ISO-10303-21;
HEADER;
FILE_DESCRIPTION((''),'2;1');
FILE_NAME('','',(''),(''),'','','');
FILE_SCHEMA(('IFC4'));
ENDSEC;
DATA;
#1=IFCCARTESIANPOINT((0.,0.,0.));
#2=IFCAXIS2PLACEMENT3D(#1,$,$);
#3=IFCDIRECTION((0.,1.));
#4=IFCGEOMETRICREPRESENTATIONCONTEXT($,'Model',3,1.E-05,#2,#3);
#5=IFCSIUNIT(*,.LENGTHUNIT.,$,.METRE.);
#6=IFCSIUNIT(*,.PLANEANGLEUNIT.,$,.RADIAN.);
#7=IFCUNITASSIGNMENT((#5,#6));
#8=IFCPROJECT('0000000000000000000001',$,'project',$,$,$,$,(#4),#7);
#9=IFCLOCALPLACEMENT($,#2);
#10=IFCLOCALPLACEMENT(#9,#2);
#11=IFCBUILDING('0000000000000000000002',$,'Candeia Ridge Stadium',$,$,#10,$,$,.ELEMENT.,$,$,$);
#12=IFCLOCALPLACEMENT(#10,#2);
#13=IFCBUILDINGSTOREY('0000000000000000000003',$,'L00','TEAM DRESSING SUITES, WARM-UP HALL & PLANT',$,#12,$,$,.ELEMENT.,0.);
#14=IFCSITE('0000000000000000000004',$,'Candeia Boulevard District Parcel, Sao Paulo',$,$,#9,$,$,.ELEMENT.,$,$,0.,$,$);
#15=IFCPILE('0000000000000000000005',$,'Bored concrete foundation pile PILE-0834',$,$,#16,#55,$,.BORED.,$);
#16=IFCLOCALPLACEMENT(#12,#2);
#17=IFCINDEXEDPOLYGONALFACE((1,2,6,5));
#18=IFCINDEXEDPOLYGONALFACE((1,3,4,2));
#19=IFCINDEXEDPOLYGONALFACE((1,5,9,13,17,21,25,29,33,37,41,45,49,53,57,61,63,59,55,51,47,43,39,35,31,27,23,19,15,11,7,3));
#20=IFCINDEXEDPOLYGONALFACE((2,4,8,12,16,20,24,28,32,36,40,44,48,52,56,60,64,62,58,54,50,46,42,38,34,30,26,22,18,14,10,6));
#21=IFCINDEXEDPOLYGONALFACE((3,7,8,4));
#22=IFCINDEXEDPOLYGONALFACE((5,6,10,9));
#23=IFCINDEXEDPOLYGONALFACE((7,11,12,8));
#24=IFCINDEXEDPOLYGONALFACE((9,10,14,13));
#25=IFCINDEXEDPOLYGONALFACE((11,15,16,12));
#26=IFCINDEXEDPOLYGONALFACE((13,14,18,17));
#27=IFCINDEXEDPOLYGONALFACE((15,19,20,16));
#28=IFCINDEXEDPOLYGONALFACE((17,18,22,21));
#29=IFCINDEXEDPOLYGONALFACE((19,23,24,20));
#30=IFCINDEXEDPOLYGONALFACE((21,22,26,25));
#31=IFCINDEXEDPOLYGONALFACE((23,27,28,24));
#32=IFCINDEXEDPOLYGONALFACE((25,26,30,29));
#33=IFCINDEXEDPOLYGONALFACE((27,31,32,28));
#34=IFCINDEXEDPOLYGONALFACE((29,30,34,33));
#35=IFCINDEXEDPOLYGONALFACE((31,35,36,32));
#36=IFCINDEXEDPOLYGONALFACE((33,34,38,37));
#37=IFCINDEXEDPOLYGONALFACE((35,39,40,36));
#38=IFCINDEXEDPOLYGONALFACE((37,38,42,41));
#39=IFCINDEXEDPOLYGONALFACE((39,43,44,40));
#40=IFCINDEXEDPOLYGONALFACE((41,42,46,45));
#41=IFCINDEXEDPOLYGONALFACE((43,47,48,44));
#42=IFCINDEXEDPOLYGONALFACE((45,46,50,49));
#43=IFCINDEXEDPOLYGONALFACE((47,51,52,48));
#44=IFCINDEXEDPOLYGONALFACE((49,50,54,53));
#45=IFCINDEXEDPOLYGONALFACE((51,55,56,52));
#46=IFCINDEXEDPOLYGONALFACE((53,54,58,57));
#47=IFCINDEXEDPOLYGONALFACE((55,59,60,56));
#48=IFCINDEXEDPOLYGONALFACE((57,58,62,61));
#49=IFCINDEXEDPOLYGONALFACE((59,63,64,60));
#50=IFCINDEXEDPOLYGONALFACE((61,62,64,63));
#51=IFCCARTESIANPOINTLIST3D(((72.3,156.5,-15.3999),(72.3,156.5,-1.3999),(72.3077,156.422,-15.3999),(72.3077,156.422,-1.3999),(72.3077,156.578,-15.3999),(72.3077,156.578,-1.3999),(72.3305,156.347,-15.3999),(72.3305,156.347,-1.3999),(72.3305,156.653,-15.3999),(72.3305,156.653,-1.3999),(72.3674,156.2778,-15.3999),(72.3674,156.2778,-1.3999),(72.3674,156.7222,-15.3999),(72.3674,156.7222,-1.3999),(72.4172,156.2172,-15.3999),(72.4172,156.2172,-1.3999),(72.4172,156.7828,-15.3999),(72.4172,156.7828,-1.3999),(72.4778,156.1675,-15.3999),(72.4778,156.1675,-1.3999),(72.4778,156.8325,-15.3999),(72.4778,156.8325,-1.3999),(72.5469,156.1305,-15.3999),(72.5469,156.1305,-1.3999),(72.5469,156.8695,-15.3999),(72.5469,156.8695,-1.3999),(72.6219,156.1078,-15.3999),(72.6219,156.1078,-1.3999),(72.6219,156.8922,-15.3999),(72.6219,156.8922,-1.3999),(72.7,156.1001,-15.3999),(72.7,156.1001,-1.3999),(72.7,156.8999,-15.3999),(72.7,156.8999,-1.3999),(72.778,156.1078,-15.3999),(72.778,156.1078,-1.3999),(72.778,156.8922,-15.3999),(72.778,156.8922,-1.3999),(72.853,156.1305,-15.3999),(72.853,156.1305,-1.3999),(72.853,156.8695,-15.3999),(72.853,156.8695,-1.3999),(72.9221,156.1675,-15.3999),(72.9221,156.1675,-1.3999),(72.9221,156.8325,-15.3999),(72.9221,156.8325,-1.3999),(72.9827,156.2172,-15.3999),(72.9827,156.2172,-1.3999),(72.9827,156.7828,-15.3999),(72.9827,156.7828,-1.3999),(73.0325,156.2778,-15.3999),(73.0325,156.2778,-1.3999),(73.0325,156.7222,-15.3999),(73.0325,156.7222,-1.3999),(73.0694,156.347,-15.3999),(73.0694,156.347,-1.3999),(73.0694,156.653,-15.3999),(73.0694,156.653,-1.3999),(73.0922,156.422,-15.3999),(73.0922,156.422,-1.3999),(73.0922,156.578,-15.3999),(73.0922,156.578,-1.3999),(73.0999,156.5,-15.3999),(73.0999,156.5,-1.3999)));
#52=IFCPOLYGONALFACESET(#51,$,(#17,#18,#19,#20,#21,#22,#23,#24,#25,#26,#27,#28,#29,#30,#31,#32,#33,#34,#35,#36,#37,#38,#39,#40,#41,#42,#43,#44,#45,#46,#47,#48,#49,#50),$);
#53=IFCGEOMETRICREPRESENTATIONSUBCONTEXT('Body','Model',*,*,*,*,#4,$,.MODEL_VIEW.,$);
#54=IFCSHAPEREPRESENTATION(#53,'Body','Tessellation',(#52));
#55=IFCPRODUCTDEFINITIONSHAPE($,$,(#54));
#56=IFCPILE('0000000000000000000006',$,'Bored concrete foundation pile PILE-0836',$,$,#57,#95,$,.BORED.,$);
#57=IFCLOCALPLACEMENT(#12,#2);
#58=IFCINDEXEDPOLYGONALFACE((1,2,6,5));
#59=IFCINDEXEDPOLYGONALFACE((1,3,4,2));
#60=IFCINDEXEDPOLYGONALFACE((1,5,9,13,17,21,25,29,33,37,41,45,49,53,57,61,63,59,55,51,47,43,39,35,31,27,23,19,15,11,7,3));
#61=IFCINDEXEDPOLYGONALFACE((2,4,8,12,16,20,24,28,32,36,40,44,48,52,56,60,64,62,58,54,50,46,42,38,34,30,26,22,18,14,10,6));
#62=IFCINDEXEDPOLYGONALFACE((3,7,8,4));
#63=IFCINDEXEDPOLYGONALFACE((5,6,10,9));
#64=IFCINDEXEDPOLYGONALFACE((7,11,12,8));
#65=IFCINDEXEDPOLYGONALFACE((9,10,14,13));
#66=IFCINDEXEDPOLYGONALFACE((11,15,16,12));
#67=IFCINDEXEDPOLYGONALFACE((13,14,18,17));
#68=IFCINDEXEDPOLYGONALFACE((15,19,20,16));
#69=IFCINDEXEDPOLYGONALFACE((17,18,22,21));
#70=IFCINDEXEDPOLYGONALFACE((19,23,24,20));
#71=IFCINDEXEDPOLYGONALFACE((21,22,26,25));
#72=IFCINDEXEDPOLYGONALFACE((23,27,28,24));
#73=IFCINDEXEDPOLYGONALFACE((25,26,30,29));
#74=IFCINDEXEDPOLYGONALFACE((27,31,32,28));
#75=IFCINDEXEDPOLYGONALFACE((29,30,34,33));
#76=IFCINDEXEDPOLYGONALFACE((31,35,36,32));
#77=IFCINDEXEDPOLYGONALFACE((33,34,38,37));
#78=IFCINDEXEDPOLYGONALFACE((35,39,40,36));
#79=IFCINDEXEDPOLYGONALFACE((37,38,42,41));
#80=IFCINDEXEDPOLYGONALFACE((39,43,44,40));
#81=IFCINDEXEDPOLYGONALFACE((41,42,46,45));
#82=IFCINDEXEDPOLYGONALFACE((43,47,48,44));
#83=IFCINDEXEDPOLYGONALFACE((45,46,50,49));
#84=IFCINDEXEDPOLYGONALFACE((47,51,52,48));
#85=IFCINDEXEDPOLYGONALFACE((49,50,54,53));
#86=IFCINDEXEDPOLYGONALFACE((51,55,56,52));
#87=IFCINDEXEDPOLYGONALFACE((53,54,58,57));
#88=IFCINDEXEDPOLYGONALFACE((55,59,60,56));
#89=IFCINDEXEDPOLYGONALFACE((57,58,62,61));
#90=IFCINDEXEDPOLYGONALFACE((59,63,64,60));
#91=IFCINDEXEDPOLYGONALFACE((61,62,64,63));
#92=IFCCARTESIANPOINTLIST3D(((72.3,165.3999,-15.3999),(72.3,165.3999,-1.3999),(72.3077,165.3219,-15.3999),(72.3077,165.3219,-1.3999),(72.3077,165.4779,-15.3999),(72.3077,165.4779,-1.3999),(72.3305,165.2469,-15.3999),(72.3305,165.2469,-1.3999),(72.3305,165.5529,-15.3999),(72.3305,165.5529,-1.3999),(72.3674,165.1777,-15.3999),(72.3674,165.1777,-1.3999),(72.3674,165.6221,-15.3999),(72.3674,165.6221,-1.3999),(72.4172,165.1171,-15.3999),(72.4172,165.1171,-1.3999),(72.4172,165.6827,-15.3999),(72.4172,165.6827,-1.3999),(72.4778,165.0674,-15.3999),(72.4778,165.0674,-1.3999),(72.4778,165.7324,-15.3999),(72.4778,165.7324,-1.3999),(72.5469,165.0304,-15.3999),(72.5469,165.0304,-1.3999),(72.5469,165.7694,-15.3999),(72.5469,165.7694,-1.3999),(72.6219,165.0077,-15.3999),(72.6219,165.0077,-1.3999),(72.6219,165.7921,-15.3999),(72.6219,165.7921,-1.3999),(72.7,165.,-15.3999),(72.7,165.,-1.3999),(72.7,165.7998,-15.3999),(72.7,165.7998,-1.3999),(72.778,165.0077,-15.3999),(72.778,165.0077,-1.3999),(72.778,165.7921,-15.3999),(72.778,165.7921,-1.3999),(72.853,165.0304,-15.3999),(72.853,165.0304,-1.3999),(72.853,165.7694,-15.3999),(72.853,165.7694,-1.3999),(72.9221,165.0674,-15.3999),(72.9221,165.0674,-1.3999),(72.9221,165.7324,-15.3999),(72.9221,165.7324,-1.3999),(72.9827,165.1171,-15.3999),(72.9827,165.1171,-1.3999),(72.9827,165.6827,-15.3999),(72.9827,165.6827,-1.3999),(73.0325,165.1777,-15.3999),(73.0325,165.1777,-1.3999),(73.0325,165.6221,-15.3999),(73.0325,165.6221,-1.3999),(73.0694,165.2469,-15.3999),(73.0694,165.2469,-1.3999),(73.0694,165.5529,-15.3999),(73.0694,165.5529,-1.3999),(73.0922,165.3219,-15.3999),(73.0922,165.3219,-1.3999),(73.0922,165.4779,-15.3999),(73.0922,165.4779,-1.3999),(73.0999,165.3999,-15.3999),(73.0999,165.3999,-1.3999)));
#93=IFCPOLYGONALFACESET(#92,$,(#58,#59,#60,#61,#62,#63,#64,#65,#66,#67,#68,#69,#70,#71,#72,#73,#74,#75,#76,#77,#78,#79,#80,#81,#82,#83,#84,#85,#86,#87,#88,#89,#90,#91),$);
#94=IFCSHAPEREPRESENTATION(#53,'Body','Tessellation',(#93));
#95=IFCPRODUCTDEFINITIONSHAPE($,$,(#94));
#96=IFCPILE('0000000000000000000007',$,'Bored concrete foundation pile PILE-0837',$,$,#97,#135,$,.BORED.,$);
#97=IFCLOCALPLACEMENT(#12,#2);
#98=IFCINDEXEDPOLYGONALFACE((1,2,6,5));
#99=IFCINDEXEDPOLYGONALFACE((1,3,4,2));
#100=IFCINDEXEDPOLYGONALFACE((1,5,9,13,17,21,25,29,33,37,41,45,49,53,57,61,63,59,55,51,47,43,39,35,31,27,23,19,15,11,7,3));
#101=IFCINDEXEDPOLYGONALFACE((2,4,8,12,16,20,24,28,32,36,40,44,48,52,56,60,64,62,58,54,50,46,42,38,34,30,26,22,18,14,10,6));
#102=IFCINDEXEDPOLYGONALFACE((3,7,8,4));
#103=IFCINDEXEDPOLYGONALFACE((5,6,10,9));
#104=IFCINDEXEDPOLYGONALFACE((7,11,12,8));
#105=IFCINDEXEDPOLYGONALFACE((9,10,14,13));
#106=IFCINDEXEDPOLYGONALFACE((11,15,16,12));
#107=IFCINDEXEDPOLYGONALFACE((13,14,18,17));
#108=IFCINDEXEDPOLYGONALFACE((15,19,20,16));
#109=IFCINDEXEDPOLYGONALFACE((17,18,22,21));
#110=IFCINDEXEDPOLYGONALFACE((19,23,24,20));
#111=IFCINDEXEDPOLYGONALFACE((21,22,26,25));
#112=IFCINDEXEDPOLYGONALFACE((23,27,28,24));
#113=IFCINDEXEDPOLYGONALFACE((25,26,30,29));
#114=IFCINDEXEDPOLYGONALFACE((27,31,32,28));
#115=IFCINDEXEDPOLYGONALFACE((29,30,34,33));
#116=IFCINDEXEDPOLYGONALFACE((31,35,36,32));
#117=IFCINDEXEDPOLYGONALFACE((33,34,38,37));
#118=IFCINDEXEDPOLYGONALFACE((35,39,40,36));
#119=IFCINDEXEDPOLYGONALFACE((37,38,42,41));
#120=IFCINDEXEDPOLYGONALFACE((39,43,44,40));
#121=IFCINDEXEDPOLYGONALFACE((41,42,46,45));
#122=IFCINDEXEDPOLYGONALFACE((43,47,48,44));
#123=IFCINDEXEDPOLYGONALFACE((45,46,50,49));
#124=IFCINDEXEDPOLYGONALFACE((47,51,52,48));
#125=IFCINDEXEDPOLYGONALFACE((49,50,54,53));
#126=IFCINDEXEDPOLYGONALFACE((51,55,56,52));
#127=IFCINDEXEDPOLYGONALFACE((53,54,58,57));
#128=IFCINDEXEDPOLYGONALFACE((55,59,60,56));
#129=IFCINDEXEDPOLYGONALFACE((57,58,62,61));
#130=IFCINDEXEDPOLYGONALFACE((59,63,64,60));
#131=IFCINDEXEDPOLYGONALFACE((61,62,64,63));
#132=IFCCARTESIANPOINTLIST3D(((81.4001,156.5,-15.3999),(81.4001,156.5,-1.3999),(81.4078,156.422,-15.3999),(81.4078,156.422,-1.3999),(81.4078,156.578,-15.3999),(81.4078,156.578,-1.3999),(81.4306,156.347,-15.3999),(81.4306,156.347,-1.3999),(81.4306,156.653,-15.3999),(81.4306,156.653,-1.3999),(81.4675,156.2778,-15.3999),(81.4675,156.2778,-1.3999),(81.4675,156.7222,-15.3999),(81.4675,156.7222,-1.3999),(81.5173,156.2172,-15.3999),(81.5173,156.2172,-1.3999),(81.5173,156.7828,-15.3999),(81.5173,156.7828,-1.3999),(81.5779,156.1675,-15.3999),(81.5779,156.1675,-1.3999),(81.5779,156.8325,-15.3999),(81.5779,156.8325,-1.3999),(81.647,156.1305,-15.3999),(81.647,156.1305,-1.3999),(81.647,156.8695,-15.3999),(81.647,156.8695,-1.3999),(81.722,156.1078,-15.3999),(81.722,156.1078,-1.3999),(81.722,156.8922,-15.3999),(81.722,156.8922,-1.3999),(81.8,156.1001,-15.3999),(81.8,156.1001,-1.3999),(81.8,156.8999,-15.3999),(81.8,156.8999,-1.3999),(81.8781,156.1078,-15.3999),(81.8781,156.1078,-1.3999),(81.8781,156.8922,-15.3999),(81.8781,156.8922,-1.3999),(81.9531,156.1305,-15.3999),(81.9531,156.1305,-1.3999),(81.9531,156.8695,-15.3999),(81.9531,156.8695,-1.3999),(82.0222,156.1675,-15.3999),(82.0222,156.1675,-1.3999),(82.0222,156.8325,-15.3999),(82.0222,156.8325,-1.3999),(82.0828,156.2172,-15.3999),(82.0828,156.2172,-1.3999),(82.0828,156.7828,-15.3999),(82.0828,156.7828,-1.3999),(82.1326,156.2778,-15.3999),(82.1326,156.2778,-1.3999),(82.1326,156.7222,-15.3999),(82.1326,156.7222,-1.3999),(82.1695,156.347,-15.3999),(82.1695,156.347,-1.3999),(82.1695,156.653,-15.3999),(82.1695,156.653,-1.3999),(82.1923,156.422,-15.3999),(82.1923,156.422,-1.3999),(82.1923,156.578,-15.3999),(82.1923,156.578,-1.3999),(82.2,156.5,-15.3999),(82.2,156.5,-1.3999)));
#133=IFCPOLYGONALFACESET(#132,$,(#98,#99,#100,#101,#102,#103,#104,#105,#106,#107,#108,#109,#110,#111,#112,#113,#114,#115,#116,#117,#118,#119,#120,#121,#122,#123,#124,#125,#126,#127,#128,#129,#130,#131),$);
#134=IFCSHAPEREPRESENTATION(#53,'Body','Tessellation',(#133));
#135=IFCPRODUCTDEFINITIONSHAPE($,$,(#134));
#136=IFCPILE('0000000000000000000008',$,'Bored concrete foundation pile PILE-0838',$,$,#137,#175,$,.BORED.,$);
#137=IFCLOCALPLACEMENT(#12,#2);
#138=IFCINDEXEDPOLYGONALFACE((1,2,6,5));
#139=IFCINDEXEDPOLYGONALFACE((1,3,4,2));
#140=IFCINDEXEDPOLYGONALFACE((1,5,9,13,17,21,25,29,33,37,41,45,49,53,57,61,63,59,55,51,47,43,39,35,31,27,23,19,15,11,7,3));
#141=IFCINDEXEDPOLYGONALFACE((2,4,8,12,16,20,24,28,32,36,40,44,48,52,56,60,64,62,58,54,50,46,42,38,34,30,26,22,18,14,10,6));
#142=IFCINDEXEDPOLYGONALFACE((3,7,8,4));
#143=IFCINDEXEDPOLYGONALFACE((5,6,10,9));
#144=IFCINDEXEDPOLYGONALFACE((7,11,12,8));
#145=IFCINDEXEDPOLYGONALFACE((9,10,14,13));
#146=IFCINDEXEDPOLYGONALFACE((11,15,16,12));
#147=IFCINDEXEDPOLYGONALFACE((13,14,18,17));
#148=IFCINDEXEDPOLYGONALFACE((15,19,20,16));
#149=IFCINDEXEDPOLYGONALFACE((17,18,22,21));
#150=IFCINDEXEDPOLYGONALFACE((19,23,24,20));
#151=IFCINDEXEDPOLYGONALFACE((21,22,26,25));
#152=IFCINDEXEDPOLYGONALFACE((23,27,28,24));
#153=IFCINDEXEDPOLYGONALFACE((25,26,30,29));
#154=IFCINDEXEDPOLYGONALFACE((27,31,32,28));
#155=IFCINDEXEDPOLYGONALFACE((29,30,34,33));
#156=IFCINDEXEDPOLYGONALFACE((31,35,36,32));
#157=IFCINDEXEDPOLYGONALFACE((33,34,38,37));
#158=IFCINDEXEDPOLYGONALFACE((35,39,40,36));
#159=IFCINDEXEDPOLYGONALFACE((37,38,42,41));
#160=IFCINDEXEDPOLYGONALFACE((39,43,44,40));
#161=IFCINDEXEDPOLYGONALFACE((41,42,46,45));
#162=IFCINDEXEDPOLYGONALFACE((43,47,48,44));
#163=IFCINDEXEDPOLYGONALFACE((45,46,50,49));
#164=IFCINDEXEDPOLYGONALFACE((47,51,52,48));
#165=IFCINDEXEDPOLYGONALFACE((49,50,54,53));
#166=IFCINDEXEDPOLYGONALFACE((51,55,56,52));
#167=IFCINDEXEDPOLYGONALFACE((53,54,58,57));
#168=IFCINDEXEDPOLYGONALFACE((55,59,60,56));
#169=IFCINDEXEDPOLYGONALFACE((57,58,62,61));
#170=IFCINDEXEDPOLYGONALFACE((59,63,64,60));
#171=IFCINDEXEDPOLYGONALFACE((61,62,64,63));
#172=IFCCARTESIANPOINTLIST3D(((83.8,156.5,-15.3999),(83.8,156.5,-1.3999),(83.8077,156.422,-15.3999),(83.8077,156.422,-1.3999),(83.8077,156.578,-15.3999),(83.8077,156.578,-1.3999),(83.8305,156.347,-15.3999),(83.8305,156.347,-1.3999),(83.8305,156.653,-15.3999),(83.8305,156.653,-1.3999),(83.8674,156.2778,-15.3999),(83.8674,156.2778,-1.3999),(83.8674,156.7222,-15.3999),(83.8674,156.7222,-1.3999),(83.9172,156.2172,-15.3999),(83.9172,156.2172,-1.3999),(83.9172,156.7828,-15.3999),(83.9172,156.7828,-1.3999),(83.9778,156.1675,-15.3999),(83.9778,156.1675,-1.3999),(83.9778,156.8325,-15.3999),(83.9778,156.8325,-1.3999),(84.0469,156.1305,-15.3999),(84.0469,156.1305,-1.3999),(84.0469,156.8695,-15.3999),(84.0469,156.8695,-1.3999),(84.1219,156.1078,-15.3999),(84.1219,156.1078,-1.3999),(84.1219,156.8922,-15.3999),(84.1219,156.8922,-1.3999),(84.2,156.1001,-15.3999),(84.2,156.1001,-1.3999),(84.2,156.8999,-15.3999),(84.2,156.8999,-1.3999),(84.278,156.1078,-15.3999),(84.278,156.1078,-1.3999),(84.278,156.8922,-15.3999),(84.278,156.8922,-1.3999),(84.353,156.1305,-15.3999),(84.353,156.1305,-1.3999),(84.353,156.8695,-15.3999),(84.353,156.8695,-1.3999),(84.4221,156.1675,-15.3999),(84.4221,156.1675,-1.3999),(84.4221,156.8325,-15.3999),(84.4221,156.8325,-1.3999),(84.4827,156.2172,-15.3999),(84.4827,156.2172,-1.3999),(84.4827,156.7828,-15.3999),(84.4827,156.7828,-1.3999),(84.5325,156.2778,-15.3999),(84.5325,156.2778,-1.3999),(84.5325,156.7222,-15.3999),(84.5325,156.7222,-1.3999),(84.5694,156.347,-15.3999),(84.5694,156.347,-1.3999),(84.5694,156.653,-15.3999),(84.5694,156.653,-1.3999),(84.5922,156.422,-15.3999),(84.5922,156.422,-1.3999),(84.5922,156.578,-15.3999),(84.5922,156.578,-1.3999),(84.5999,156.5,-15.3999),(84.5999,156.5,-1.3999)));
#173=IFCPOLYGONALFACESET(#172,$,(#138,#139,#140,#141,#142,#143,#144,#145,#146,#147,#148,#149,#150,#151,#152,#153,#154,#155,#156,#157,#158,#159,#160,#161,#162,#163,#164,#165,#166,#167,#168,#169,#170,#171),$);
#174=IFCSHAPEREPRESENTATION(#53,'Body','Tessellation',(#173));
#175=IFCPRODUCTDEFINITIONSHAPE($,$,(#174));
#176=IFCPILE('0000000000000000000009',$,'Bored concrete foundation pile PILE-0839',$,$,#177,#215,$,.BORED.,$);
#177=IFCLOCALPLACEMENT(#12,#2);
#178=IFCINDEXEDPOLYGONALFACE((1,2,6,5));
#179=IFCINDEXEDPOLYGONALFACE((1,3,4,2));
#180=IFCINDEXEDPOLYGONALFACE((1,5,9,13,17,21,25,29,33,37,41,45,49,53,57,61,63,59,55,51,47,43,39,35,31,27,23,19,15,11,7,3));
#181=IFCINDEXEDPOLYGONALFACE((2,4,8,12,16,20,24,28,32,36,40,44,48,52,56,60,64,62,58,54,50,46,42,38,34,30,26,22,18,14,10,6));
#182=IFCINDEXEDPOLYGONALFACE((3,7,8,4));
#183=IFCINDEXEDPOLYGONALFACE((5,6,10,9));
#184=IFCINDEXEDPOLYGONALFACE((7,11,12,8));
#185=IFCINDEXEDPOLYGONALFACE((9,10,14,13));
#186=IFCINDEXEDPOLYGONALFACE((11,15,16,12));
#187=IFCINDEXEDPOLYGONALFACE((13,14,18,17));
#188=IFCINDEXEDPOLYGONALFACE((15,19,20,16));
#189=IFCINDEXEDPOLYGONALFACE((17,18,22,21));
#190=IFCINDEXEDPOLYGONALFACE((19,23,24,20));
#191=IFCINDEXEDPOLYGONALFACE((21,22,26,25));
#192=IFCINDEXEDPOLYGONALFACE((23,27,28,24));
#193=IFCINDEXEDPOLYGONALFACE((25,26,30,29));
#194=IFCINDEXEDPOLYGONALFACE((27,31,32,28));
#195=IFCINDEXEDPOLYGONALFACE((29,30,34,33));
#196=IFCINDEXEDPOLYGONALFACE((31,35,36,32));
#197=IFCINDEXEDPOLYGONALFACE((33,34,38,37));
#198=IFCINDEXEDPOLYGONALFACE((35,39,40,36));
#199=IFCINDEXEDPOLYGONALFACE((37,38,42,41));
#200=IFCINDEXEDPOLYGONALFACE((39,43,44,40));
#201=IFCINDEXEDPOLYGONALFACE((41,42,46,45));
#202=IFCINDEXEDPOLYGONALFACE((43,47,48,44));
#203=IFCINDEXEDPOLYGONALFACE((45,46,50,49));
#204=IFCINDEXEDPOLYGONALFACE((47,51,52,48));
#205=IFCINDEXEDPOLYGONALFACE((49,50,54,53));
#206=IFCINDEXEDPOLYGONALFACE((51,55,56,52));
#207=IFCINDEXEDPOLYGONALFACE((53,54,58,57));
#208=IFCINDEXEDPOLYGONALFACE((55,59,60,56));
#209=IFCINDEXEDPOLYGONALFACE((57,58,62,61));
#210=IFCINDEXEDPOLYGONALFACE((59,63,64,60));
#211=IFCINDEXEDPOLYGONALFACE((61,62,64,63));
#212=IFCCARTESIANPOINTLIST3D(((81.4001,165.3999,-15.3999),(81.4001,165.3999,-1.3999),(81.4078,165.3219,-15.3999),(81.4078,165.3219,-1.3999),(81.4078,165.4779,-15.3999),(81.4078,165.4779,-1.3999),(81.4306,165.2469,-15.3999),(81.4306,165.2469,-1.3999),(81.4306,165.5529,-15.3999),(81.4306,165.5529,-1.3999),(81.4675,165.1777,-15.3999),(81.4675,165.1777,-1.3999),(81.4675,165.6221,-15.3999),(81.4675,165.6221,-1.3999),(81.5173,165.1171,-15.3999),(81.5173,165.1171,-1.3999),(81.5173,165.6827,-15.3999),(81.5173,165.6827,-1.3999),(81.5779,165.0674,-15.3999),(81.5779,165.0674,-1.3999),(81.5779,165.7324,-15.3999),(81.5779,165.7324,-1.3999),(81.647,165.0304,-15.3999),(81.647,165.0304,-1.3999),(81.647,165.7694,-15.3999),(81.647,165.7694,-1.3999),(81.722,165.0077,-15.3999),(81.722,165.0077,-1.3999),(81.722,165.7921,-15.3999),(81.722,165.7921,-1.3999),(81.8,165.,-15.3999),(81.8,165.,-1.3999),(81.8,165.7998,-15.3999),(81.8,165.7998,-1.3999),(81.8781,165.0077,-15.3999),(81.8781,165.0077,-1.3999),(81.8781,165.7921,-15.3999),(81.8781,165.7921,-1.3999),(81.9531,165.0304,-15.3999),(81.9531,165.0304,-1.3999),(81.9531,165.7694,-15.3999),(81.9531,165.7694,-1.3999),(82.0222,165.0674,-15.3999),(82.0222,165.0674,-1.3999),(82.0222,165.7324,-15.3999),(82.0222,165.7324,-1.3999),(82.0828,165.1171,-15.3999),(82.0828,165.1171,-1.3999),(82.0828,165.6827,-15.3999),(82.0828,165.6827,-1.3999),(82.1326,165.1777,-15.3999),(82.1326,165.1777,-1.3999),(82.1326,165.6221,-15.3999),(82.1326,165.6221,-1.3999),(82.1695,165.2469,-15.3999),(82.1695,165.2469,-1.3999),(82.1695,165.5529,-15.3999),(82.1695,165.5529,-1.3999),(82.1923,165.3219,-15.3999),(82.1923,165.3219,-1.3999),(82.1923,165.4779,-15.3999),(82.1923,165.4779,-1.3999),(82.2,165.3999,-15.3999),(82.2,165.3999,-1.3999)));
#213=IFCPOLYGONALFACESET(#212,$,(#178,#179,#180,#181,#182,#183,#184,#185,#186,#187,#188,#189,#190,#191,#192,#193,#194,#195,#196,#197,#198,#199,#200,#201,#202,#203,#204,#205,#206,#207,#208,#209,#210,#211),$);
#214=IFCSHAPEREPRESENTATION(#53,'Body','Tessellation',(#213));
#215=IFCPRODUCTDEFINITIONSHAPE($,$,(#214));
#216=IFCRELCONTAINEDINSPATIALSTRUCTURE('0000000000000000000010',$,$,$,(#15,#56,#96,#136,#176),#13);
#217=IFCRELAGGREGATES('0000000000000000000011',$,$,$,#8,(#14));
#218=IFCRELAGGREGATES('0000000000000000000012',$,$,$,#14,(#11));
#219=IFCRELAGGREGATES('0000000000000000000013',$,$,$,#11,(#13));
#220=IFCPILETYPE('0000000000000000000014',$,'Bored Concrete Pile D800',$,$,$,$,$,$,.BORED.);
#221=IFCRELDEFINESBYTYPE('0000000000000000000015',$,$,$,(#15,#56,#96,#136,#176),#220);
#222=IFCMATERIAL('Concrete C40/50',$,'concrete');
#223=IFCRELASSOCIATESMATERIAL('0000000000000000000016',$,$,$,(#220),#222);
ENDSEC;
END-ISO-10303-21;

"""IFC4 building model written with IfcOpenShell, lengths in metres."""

from ifc_helpers import new_model, si_unit, direction, frame, origin, origin_2d, place, context, subcontext, project, spatial, circle, extrude, material, material_profile, profile_set, type_object, element, save


model = new_model("IFC4")

# Units and contexts
model_context = context("Model", 3, precision=1e-05, world=origin(), true_north=direction((0.0, 1.0)))
body_context = subcontext(model_context, "Body", "Model", "MODEL_VIEW")
ifc_project = project(units=[si_unit("LENGTHUNIT", "METRE"), si_unit("PLANEANGLEUNIT", "RADIAN")], contexts=[model_context])

# Site, building, storey
site_placement = place(None, origin())
site = spatial("IfcSite", under=ifc_project, at=site_placement, Name="Candeia Boulevard District Parcel, Sao Paulo", CompositionType="ELEMENT", RefElevation=0.0)
building_placement = place(site_placement, origin())
building = spatial("IfcBuilding", under=site, at=building_placement, Name="Candeia Ridge Stadium", CompositionType="ELEMENT")
storey_placement = place(building_placement, origin())
storey = spatial("IfcBuildingStorey", under=building, at=storey_placement, Name="L00", Description="TEAM DRESSING SUITES, WARM-UP HALL & PLANT", CompositionType="ELEMENT", Elevation=0.0)

# Piles
ifc_material_1 = material(Name="Concrete C40/50", Category="concrete")
ifc_material_profile_1 = material_profile(ifc_material_1, circle(Radius=0.3999, at=origin_2d()), Name="PILE-D800", Category="concrete")
ifc_profile_set_1 = profile_set([ifc_material_profile_1], Name="Concrete C40/50")
pile_type = type_object("IfcPileType", Name="Bored Concrete Pile D800", PredefinedType="BORED", material=ifc_profile_set_1)
for number, where, z_axis, x_axis, name in (
    (1, (72.7, 156.5, -1.3999), (0.0, 0.0, -1.0), (1.0, 0.0, 0.0), "Bored concrete foundation pile PILE-0834"),
    (2, (72.7, 165.3999, -1.3999), (0.0, 0.0, -1.0), (1.0, 0.0, 0.0), "Bored concrete foundation pile PILE-0836"),
    (3, (81.8, 156.5, -1.3999), (0.0, 0.0, -1.0), (1.0, 0.0, 0.0), "Bored concrete foundation pile PILE-0837"),
    (4, (84.2, 156.5, -1.3999), (0.0, 0.0, -1.0), (1.0, 0.0, 0.0), "Bored concrete foundation pile PILE-0838"),
    (5, (81.8, 165.3999, -1.3999), (0.0, 0.0, -1.0), (1.0, 0.0, 0.0), "Bored concrete foundation pile PILE-0839"),
):
    element("IfcPile", number, at=place(storey_placement, frame(where, z_axis=z_axis, x_axis=x_axis)), inside=storey, type_object=pile_type, Name=name, PredefinedType="BORED", context=body_context, shape_type="SweptSolid", body=[
        extrude(circle(Radius=0.3999, at=origin_2d()), origin(), (0.0, 0.0, 1.0), 14.0),
    ])

save(model, "model.ifc")
